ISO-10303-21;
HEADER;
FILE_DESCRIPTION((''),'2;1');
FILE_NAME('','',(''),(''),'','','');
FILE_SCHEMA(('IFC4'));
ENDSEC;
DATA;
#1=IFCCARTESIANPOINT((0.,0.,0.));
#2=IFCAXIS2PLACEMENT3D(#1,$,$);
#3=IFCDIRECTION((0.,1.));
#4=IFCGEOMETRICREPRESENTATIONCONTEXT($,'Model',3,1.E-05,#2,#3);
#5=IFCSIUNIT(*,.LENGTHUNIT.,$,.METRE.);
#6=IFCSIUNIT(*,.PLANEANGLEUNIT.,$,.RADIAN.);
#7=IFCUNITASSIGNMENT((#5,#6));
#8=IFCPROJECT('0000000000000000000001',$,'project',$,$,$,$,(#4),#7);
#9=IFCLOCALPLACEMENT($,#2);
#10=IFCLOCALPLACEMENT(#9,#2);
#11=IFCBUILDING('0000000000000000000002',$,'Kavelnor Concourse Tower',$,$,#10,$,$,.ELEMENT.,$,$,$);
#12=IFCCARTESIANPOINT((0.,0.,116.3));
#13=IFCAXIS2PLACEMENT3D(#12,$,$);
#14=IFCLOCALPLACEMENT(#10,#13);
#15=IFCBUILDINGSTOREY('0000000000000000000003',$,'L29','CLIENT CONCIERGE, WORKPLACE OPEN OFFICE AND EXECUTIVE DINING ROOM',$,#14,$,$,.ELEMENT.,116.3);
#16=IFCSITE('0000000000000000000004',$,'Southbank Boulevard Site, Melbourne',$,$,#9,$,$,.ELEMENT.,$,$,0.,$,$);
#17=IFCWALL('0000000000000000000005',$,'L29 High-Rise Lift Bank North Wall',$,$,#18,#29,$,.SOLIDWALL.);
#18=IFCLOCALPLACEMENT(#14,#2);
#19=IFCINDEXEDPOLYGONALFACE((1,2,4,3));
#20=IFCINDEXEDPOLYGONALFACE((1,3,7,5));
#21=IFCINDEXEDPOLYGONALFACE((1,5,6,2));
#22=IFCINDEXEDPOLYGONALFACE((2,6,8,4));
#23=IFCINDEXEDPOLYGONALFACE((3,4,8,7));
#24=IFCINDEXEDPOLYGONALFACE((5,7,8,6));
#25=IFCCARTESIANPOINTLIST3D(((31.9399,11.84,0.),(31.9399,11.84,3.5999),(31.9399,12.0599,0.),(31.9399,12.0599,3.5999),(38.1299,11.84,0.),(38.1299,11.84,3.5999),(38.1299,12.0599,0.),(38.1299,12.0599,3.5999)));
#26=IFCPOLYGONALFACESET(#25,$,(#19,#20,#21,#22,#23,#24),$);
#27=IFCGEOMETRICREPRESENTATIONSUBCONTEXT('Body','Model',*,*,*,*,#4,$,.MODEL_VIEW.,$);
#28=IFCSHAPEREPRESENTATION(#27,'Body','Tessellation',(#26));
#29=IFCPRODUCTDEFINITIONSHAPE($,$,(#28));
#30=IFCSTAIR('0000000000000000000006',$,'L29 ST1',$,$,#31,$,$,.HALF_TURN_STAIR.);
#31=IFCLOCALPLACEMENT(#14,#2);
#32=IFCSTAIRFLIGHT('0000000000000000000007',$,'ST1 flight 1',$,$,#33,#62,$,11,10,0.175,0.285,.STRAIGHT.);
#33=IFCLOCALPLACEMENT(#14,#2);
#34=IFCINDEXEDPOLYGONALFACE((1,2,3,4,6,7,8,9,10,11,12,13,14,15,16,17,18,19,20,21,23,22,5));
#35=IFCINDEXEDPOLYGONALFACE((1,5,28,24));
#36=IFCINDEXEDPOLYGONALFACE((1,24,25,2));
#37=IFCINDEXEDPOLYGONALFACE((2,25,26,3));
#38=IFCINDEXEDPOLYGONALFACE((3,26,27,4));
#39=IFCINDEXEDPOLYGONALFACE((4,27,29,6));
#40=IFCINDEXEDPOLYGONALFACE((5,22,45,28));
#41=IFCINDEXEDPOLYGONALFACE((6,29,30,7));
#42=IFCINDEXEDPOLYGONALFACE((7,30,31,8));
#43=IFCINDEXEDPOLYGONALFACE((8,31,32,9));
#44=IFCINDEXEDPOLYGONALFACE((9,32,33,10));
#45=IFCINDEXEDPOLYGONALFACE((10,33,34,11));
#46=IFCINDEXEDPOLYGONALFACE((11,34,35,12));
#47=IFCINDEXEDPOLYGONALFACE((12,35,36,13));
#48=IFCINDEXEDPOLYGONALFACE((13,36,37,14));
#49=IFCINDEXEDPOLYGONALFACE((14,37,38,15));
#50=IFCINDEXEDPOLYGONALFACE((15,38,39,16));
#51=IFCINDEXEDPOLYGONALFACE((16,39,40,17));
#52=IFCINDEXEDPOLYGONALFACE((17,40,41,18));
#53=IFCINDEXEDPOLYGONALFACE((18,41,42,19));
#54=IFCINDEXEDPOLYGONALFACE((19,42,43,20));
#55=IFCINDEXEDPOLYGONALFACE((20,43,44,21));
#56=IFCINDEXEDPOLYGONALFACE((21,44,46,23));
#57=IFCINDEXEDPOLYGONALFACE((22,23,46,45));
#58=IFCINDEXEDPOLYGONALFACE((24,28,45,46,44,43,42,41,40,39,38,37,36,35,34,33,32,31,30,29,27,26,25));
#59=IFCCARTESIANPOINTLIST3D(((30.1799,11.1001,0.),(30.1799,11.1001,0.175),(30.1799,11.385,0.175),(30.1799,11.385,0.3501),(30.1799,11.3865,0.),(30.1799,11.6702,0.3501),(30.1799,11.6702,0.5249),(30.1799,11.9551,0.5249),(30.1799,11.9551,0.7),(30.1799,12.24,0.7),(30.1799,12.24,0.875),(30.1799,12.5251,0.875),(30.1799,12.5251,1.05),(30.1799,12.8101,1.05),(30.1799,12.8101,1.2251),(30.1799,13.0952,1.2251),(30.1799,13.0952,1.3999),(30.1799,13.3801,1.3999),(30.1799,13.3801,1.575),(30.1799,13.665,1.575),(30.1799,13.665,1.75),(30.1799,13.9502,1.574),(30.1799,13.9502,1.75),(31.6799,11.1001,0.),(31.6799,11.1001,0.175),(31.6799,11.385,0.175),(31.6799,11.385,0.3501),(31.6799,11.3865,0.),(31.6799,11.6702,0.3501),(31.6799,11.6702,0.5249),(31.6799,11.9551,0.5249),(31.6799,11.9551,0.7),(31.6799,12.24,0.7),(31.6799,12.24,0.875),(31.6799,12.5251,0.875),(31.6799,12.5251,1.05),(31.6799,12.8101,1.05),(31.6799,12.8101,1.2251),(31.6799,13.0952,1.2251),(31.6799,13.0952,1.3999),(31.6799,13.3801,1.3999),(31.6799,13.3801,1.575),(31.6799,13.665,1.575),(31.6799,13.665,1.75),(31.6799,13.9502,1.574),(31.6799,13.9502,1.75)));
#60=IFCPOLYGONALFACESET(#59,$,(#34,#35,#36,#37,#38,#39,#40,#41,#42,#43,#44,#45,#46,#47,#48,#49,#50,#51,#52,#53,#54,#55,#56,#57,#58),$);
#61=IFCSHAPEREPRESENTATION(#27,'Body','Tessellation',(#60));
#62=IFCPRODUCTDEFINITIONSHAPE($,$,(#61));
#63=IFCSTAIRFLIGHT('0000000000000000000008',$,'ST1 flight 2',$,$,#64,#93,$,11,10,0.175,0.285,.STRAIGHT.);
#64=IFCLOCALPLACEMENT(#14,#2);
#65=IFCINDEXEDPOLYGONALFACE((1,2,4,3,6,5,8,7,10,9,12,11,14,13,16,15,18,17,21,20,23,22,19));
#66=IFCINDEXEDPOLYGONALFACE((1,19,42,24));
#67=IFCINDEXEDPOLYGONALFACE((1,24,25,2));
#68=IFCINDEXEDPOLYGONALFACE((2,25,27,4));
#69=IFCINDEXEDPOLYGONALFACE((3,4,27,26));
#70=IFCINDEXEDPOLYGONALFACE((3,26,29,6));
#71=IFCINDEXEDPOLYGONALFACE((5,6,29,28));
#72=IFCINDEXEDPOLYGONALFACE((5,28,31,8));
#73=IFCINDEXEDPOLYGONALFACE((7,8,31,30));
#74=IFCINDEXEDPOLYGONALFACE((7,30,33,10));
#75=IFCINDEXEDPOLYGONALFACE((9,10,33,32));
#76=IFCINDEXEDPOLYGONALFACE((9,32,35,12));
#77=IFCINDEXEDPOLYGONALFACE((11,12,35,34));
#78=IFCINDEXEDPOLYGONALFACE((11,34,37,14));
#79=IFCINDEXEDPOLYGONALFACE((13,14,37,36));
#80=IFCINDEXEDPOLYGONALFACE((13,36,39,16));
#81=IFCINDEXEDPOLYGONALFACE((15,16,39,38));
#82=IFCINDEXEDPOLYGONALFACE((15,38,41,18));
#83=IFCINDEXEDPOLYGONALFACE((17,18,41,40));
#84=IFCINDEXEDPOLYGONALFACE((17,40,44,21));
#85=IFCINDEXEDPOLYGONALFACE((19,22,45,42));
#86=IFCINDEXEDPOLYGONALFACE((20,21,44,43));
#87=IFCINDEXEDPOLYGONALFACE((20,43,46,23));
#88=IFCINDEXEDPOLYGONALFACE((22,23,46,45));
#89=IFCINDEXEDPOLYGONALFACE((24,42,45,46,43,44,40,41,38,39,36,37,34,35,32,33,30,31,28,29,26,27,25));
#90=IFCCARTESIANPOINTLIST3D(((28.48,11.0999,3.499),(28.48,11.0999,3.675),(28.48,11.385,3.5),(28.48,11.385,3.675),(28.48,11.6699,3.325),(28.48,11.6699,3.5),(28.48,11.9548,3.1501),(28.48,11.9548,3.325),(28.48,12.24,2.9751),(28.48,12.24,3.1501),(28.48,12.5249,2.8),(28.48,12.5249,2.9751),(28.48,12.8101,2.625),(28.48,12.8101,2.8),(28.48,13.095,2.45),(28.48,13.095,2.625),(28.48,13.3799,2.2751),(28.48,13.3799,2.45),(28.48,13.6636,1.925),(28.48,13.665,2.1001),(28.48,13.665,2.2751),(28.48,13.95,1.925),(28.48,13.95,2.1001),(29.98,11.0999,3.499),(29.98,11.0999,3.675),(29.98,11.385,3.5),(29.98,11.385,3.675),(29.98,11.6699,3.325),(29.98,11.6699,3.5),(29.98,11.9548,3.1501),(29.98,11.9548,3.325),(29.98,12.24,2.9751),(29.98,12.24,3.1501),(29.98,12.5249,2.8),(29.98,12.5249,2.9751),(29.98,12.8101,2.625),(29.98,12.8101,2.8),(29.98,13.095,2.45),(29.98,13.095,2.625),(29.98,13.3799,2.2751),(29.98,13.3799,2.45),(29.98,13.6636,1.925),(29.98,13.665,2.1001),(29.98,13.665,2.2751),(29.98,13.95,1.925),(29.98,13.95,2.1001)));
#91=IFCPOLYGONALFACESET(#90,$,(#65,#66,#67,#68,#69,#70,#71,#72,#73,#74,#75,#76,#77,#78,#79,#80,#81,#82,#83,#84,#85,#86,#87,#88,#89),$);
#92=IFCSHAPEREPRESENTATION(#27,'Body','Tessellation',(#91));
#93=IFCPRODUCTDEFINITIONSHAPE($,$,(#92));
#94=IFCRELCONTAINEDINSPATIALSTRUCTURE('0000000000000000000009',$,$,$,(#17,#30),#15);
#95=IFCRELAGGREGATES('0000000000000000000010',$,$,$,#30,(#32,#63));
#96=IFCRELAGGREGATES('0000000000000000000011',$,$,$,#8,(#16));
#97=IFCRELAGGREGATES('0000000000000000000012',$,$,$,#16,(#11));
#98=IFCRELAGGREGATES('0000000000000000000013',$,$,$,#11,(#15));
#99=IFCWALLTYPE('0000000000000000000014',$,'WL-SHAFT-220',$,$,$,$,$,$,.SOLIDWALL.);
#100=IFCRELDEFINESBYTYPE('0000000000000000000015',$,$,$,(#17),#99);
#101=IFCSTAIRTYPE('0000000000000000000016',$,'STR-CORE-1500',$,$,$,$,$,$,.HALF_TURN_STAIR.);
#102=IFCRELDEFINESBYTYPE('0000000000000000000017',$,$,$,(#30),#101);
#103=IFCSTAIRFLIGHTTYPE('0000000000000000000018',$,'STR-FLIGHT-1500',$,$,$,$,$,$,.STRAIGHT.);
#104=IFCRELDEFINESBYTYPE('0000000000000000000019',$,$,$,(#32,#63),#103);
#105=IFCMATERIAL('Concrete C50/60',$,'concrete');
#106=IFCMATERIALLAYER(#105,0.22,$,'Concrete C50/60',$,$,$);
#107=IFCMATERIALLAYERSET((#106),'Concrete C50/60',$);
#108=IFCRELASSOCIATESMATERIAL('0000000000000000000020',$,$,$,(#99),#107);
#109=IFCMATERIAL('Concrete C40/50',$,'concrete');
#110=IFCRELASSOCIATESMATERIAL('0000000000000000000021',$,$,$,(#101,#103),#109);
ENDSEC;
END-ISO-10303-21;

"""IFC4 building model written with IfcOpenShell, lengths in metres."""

from ifc_helpers import new_model, si_unit, direction, frame, frame_2d, origin, place, context, subcontext, project, spatial, polyline, rectangle, outline, extrude, material, layer, layer_set, type_object, element, aggregate, save


model = new_model("IFC4")

# Units and contexts
model_context = context("Model", 3, precision=1e-05, world=origin(), true_north=direction((0.0, 1.0)))
body_context = subcontext(model_context, "Body", "Model", "MODEL_VIEW")
ifc_project = project(units=[si_unit("LENGTHUNIT", "METRE"), si_unit("PLANEANGLEUNIT", "RADIAN")], contexts=[model_context])

# Site, building, storey
site_placement = place(None, origin())
site = spatial("IfcSite", under=ifc_project, at=site_placement, Name="Southbank Boulevard Site, Melbourne", CompositionType="ELEMENT", RefElevation=0.0)
building_placement = place(site_placement, origin())
building = spatial("IfcBuilding", under=site, at=building_placement, Name="Kavelnor Concourse Tower", CompositionType="ELEMENT")
storey_placement = place(building_placement, frame((0.0, 0.0, 116.3)))
storey = spatial("IfcBuildingStorey", under=building, at=storey_placement, Name="L29", Description="CLIENT CONCIERGE, WORKPLACE OPEN OFFICE AND EXECUTIVE DINING ROOM", CompositionType="ELEMENT", Elevation=116.3)

# Shared definitions
ifc_material_1 = material(Name="Concrete C50/60", Category="concrete")
ifc_layer_1 = layer(ifc_material_1, 0.22, Name="Concrete C50/60")
ifc_layer_set_1 = layer_set([ifc_layer_1], Name="Concrete C50/60")
wall_type_1 = type_object("IfcWallType", Name="WL-SHAFT-220", PredefinedType="SOLIDWALL", material=ifc_layer_set_1)

# Wall
wall_1_placement = place(storey_placement, frame((31.9399, 11.95, 0.0), z_axis=(0.0, 0.0, 1.0), x_axis=(1.0, 0.0, 0.0)))
element("IfcWall", 1, at=wall_1_placement, inside=storey, type_object=wall_type_1, Name="L29 High-Rise Lift Bank North Wall", PredefinedType="SOLIDWALL", context=body_context, shape_type="SweptSolid", body=[
    extrude(rectangle(XDim=6.1899, YDim=0.22, at=frame_2d((3.095, 0.0))), origin(), (0.0, 0.0, 1.0), 3.5999),
])

# Stair, stair flights
ifc_material_2 = material(Name="Concrete C40/50", Category="concrete")
stair_type = type_object("IfcStairType", Name="STR-CORE-1500", PredefinedType="HALF_TURN_STAIR", material=ifc_material_2)
stair_placement = place(storey_placement, origin())
stair = element("IfcStair", 2, at=stair_placement, inside=storey, type_object=stair_type, Name="L29 ST1", PredefinedType="HALF_TURN_STAIR")
stair_flight_type = type_object("IfcStairFlightType", Name="STR-FLIGHT-1500", PredefinedType="STRAIGHT", material=ifc_material_2)
stair_flight_1_placement = place(storey_placement, frame((30.9299, 11.1001, 0.0), z_axis=(0.0, 0.0, 1.0), x_axis=(0.0, 1.0, 0.0)))
stair_flight_1 = element("IfcStairFlight", 3, at=stair_flight_1_placement, type_object=stair_flight_type, Name="ST1 flight 1", NumberOfRisers=11, NumberOfTreads=10, PredefinedType="STRAIGHT", RiserHeight=0.175, TreadLength=0.285, context=body_context, shape_type="SweptSolid", body=[
    extrude(outline(polyline([(0.0, 0.0), (0.0, 0.175), (0.2849, 0.175), (0.2849, 0.3501), (0.5701, 0.3501), (0.5701, 0.5249), (0.855, 0.5249), (0.855, 0.7), (1.1399, 0.7), (1.1399, 0.875), (1.425, 0.875), (1.425, 1.05), (1.71, 1.05), (1.71, 1.2251), (1.9951, 1.2251), (1.9951, 1.3999), (2.28, 1.3999), (2.28, 1.575), (2.5649, 1.575), (2.5649, 1.75), (2.8501, 1.75), (2.8501, 1.925), (2.8501, 1.574), (0.2864, 0.0), (0.0, 0.0)])), frame((0.0, 0.75, 0.0), z_axis=(0.0, -1.0, 0.0), x_axis=(1.0, 0.0, 0.0)), (0.0, 0.0, 1.0), 1.5),
])
stair_flight_2_placement = place(storey_placement, frame((29.23, 13.95, 1.925), z_axis=(0.0, 0.0, 1.0), x_axis=(0.0, -1.0, 0.0)))
stair_flight_2 = element("IfcStairFlight", 4, at=stair_flight_2_placement, type_object=stair_flight_type, Name="ST1 flight 2", NumberOfRisers=11, NumberOfTreads=10, PredefinedType="STRAIGHT", RiserHeight=0.175, TreadLength=0.285, context=body_context, shape_type="SweptSolid", body=[
    extrude(outline(polyline([(0.0, 0.0), (0.0, 0.175), (0.2849, 0.175), (0.2849, 0.3501), (0.5701, 0.3501), (0.5701, 0.5249), (0.855, 0.5249), (0.855, 0.7), (1.1399, 0.7), (1.1399, 0.875), (1.425, 0.875), (1.425, 1.05), (1.71, 1.05), (1.71, 1.2251), (1.9951, 1.2251), (1.9951, 1.3999), (2.28, 1.3999), (2.28, 1.575), (2.5649, 1.575), (2.5649, 1.75), (2.8501, 1.75), (2.8501, 1.925), (2.8501, 1.574), (0.2864, 0.0), (0.0, 0.0)])), frame((0.0, 0.75, 0.0), z_axis=(0.0, -1.0, 0.0), x_axis=(1.0, 0.0, 0.0)), (0.0, 0.0, 1.0), 1.5),
])
aggregate(stair, [stair_flight_1, stair_flight_2])

save(model, "model.ifc")
